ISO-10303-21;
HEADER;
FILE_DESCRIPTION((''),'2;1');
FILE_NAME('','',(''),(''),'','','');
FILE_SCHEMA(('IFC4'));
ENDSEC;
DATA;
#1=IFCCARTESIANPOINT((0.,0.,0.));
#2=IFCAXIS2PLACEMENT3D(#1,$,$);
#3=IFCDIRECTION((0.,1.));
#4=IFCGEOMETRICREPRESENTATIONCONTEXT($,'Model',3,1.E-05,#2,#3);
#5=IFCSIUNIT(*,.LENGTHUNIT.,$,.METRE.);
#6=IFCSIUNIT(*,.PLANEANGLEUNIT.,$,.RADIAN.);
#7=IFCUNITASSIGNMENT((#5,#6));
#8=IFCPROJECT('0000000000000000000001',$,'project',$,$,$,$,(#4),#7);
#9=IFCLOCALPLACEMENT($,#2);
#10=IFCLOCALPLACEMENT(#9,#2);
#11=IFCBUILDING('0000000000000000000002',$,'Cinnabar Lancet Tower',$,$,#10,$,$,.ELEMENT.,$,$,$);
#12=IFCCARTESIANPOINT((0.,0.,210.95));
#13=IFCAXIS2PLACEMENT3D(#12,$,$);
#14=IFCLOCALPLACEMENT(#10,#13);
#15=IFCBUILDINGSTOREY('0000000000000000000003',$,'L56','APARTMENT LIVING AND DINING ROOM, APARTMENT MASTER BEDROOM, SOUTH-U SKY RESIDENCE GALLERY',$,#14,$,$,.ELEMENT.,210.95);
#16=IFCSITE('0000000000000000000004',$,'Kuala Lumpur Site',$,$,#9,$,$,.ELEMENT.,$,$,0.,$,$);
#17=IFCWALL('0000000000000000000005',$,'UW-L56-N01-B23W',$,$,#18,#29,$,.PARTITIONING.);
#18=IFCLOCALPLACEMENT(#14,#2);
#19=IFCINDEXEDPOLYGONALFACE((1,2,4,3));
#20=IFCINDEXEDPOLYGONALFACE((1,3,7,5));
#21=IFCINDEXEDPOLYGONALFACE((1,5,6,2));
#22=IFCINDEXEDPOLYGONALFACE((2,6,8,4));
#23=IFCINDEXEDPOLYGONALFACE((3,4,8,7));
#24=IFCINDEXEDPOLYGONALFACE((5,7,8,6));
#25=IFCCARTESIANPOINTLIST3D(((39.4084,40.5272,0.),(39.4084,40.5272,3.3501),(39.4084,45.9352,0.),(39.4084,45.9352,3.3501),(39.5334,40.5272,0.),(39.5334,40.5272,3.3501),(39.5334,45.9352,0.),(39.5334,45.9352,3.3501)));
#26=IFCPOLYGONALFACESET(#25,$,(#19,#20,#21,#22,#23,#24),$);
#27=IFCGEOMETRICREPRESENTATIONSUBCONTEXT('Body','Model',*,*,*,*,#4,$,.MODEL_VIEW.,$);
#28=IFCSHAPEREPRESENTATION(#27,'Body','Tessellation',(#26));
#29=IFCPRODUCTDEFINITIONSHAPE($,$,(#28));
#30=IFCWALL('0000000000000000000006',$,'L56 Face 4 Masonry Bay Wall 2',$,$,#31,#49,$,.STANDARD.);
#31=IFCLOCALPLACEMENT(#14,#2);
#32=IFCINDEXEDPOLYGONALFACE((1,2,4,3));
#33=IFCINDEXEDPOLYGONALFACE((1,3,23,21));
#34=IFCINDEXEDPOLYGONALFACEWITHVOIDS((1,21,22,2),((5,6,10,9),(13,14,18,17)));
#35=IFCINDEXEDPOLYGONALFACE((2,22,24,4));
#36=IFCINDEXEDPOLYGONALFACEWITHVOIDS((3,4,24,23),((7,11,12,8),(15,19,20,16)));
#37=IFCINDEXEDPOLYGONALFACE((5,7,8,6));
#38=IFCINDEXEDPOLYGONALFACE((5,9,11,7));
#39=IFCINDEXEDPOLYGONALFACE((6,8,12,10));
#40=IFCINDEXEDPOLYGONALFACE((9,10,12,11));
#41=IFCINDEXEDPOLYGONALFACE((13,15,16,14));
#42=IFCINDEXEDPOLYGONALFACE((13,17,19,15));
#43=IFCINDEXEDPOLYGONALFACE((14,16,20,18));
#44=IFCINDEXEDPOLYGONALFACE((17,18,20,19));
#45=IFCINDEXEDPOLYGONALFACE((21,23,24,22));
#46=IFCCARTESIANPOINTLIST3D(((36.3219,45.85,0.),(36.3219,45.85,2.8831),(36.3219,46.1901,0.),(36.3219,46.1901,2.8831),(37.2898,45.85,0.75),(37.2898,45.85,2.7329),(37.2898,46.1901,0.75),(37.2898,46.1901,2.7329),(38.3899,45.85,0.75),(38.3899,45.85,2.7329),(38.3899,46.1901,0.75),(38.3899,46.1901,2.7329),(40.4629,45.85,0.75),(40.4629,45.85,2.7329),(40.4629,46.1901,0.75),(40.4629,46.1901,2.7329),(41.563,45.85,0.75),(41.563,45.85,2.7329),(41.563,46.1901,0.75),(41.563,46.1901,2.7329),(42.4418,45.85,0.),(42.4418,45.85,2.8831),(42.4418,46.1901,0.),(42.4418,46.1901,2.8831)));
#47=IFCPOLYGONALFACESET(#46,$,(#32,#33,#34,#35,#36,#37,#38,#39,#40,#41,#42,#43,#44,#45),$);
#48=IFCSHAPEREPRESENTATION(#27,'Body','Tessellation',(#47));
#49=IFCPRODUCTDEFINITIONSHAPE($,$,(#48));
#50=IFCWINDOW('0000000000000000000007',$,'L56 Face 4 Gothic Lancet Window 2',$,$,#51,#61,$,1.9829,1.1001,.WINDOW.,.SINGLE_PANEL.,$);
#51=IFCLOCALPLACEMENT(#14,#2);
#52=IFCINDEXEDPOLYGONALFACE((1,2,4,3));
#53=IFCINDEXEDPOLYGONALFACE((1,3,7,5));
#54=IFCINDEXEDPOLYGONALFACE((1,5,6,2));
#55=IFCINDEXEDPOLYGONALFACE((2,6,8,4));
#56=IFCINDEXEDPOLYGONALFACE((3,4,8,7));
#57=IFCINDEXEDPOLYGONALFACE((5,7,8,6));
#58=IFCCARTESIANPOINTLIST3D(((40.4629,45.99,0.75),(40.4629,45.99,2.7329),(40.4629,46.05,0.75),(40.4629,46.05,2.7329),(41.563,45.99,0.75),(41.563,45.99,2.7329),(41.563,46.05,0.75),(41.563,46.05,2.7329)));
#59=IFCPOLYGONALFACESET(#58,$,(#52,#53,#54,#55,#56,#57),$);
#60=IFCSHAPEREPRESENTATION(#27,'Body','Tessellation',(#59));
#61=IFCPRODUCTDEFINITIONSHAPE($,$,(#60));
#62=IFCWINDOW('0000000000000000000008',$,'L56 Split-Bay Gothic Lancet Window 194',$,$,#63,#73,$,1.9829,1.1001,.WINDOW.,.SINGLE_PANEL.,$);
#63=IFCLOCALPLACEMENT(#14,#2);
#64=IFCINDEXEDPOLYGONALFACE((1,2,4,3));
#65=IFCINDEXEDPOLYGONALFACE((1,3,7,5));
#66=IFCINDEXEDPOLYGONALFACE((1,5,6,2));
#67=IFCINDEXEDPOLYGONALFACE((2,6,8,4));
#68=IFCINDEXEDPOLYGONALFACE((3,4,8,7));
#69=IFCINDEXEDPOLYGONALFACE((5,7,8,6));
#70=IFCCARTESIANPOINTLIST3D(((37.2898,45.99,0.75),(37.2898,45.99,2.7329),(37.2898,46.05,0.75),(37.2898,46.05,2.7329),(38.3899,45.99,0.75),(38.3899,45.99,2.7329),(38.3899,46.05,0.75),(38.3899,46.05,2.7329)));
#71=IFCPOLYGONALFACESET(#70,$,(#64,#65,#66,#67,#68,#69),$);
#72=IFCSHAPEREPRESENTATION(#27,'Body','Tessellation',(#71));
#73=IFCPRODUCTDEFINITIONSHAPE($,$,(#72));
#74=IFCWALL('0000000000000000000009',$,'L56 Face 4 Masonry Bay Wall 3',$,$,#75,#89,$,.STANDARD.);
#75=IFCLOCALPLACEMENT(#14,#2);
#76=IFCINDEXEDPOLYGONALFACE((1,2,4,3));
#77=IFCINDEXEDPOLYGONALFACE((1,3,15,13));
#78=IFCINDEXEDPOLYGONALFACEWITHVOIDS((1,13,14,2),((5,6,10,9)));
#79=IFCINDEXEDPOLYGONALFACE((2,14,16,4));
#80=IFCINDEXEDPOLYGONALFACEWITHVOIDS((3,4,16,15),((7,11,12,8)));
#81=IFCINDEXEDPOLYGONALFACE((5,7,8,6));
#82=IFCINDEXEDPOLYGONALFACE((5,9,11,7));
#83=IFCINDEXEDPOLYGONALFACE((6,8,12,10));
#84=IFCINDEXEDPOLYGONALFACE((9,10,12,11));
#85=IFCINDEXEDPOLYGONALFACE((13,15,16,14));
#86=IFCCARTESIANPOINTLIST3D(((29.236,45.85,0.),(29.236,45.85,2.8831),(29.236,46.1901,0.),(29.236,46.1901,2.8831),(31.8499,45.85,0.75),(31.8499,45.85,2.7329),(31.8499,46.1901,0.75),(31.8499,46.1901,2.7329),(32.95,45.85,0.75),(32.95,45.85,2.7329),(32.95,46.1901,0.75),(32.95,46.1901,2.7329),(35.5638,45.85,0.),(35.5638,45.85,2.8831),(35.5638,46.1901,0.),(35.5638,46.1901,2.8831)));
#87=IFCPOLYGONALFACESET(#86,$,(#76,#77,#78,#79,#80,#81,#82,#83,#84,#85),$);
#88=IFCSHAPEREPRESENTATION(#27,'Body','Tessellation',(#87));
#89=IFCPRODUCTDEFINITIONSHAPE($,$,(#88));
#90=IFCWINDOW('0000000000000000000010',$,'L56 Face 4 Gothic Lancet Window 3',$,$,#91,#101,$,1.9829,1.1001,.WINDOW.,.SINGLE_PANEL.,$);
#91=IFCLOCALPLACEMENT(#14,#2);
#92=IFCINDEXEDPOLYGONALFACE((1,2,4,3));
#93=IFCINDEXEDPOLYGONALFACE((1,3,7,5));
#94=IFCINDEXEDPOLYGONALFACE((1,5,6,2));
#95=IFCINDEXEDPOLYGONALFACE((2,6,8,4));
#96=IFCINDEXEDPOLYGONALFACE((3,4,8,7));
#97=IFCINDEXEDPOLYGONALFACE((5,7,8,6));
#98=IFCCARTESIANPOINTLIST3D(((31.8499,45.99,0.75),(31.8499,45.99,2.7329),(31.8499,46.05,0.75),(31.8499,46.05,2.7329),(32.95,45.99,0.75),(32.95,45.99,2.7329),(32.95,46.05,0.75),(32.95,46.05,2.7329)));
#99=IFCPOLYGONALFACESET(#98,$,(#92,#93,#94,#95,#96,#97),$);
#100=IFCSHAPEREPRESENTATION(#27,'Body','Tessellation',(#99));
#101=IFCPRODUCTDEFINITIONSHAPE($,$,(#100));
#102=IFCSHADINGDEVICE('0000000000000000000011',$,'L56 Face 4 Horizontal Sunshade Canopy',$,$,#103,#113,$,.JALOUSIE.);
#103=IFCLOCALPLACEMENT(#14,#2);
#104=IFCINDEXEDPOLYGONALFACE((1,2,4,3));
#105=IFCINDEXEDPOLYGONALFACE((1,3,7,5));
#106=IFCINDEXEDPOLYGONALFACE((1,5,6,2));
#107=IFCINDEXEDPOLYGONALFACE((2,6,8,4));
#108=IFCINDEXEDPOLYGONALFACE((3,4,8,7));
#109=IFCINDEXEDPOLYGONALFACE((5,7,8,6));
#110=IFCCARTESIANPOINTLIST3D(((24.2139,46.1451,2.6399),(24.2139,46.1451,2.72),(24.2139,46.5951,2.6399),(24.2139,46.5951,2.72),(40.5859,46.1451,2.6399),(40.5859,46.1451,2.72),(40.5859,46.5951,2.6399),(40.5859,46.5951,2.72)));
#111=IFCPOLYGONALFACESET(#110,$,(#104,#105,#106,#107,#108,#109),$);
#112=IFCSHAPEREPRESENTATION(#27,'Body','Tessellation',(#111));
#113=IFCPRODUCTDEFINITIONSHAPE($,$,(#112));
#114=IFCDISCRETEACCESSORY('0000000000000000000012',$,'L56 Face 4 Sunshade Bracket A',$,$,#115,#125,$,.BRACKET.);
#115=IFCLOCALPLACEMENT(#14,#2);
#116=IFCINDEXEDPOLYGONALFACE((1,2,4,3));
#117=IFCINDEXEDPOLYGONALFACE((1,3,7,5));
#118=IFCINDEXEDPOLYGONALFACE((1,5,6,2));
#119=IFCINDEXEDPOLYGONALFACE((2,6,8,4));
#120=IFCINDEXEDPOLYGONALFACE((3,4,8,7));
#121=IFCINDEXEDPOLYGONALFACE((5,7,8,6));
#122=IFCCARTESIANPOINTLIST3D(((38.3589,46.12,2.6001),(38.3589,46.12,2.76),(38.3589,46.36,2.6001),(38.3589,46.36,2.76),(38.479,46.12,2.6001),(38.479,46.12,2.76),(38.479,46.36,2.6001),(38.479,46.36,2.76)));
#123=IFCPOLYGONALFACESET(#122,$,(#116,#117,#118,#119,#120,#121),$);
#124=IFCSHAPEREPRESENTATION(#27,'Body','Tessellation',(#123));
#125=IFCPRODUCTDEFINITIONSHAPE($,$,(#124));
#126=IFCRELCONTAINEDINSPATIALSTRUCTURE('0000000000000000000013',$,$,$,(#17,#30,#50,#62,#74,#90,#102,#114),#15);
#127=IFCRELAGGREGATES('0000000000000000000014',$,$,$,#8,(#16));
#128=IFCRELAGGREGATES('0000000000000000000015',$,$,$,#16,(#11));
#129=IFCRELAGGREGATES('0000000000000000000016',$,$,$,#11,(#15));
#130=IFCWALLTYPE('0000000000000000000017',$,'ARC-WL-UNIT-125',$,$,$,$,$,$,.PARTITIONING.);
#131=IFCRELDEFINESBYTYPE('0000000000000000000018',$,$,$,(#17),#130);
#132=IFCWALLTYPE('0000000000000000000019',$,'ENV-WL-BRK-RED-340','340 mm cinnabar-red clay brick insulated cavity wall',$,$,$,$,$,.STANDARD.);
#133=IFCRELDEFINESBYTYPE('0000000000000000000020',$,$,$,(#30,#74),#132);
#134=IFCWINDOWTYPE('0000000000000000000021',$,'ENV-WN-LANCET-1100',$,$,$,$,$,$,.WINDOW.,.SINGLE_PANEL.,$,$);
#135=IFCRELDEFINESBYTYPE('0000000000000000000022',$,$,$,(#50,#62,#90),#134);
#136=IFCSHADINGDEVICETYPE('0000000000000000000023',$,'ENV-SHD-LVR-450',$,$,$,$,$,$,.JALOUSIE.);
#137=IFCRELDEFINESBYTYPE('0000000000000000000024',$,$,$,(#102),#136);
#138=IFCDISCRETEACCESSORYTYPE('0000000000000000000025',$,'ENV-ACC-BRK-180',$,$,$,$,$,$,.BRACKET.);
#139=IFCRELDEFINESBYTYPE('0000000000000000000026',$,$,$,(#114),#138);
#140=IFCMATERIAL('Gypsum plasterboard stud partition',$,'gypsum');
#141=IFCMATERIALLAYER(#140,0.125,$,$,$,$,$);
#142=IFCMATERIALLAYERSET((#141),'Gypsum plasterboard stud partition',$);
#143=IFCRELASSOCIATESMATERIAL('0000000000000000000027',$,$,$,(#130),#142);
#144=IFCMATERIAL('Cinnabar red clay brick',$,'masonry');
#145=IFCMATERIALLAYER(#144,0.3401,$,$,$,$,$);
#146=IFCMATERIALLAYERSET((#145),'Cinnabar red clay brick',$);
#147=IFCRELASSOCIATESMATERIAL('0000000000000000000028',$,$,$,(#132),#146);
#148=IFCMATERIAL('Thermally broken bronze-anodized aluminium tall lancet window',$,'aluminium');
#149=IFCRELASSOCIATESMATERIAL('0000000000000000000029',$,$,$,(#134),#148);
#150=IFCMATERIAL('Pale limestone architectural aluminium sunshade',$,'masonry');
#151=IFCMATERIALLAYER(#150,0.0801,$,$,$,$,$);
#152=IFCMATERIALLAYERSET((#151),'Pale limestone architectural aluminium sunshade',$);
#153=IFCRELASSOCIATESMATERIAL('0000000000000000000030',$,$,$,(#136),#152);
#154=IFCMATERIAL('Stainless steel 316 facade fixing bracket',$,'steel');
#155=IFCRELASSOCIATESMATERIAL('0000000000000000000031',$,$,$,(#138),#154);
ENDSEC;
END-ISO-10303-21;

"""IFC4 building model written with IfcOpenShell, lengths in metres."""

from ifc_helpers import new_model, si_unit, direction, frame, frame_2d, origin, origin_2d, place, context, subcontext, project, spatial, rectangle, extrude, material, layer, layer_set, type_object, element, fill, save


model = new_model("IFC4")

# Units and contexts
model_context = context("Model", 3, precision=1e-05, world=origin(), true_north=direction((0.0, 1.0)))
body_context = subcontext(model_context, "Body", "Model", "MODEL_VIEW")
ifc_project = project(units=[si_unit("LENGTHUNIT", "METRE"), si_unit("PLANEANGLEUNIT", "RADIAN")], contexts=[model_context])

# Site, building, storey
site_placement = place(None, origin())
site = spatial("IfcSite", under=ifc_project, at=site_placement, Name="Kuala Lumpur Site", CompositionType="ELEMENT", RefElevation=0.0)
building_placement = place(site_placement, origin())
building = spatial("IfcBuilding", under=site, at=building_placement, Name="Cinnabar Lancet Tower", CompositionType="ELEMENT")
storey_placement = place(building_placement, frame((0.0, 0.0, 210.95)))
storey = spatial("IfcBuildingStorey", under=building, at=storey_placement, Name="L56", Description="APARTMENT LIVING AND DINING ROOM, APARTMENT MASTER BEDROOM, SOUTH-U SKY RESIDENCE GALLERY", CompositionType="ELEMENT", Elevation=210.95)

# Shared definitions
ifc_material_1 = material(Name="Gypsum plasterboard stud partition", Category="gypsum")
ifc_layer_1 = layer(ifc_material_1, 0.125)
ifc_layer_set_1 = layer_set([ifc_layer_1], Name="Gypsum plasterboard stud partition")
wall_type_1 = type_object("IfcWallType", Name="ARC-WL-UNIT-125", PredefinedType="PARTITIONING", material=ifc_layer_set_1)

# Wall
for number, where, z_axis, x_axis, name in (
    (1, (39.4709, 40.5271, 0.0), (0.0, 0.0, 1.0), (0.0, 1.0, 0.0), "UW-L56-N01-B23W"),
):
    element("IfcWall", number, at=place(storey_placement, frame(where, z_axis=z_axis, x_axis=x_axis)), inside=storey, type_object=wall_type_1, Name=name, PredefinedType="PARTITIONING", context=body_context, shape_type="SweptSolid", body=[
        extrude(rectangle(XDim=5.408, YDim=0.125, at=frame_2d((2.7041, 0.0))), origin(), (0.0, 0.0, 1.0), 3.3501),
    ])

# Wall, openings, windows
ifc_material_2 = material(Name="Cinnabar red clay brick", Category="masonry")
ifc_layer_2 = layer(ifc_material_2, 0.3401)
ifc_layer_set_2 = layer_set([ifc_layer_2], Name="Cinnabar red clay brick")
wall_type_2 = type_object("IfcWallType", Name="ENV-WL-BRK-RED-340", Description="340 mm cinnabar-red clay brick insulated cavity wall", PredefinedType="STANDARD", material=ifc_layer_set_2)
wall_1_placement = place(storey_placement, frame((42.4419, 46.02, 0.0), z_axis=(0.0, 0.0, 1.0), x_axis=(-1.0, 0.0, 0.0)))
wall_1 = element("IfcWall", 2, at=wall_1_placement, inside=storey, type_object=wall_type_2, Name="L56 Face 4 Masonry Bay Wall 2", PredefinedType="STANDARD", context=body_context, shape_type="SweptSolid", body=[
    extrude(rectangle(XDim=6.1199, YDim=0.3401, at=frame_2d((3.0601, 0.0))), origin(), (0.0, 0.0, 1.0), 2.8831),
])
opening_1_placement = place(wall_1_placement, frame((0.8789, 0.0, 0.75)))
opening_1 = element("IfcOpeningElement", 3, at=opening_1_placement, cuts=wall_1, PredefinedType="OPENING", context=body_context, shape_type="SweptSolid", body=[
    extrude(rectangle(XDim=1.1001, YDim=1.9829, at=frame_2d((0.55, 0.9915))), frame((0.0, 0.1799, 0.0), z_axis=(0.0, -1.0, 0.0), x_axis=(1.0, 0.0, 0.0)), (0.0, 0.0, 1.0), 0.3601),
])
opening_2_placement = place(wall_1_placement, frame((4.052, 0.0, 0.75)))
opening_2 = element("IfcOpeningElement", 4, at=opening_2_placement, cuts=wall_1, PredefinedType="OPENING", context=body_context, shape_type="SweptSolid", body=[
    extrude(rectangle(XDim=1.1001, YDim=1.9829, at=frame_2d((0.55, 0.9915))), frame((0.0, 0.1799, 0.0), z_axis=(0.0, -1.0, 0.0), x_axis=(1.0, 0.0, 0.0)), (0.0, 0.0, 1.0), 0.3601),
])
ifc_material_3 = material(Name="Thermally broken bronze-anodized aluminium tall lancet window", Category="aluminium")
window_type = type_object("IfcWindowType", Name="ENV-WN-LANCET-1100", PartitioningType="SINGLE_PANEL", PredefinedType="WINDOW", material=ifc_material_3)
window_1_placement = place(opening_1_placement, origin())
window_1 = element("IfcWindow", 5, at=window_1_placement, inside=storey, type_object=window_type, Name="L56 Face 4 Gothic Lancet Window 2", OverallHeight=1.9829, OverallWidth=1.1001, PartitioningType="SINGLE_PANEL", PredefinedType="WINDOW", context=body_context, shape_type="SweptSolid", body=[
    extrude(rectangle(XDim=1.1001, YDim=1.9829, at=frame_2d((0.55, 0.9915))), frame((0.0, 0.03, 0.0), z_axis=(0.0, -1.0, 0.0), x_axis=(1.0, 0.0, 0.0)), (0.0, 0.0, 1.0), 0.0601),
])
fill(opening_1, window_1)
window_2_placement = place(opening_2_placement, origin())
window_2 = element("IfcWindow", 6, at=window_2_placement, inside=storey, type_object=window_type, Name="L56 Split-Bay Gothic Lancet Window 194", OverallHeight=1.9829, OverallWidth=1.1001, PartitioningType="SINGLE_PANEL", PredefinedType="WINDOW", context=body_context, shape_type="SweptSolid", body=[
    extrude(rectangle(XDim=1.1001, YDim=1.9829, at=frame_2d((0.55, 0.9915))), frame((0.0, 0.03, 0.0), z_axis=(0.0, -1.0, 0.0), x_axis=(1.0, 0.0, 0.0)), (0.0, 0.0, 1.0), 0.0601),
])
fill(opening_2, window_2)

# Wall, opening, window
wall_2_placement = place(storey_placement, frame((35.564, 46.02, 0.0), z_axis=(0.0, 0.0, 1.0), x_axis=(-1.0, 0.0, 0.0)))
wall_2 = element("IfcWall", 7, at=wall_2_placement, inside=storey, type_object=wall_type_2, Name="L56 Face 4 Masonry Bay Wall 3", PredefinedType="STANDARD", context=body_context, shape_type="SweptSolid", body=[
    extrude(rectangle(XDim=6.3279, YDim=0.3401, at=frame_2d((3.1641, 0.0))), origin(), (0.0, 0.0, 1.0), 2.8831),
])
opening_3_placement = place(wall_2_placement, frame((2.614, 0.0, 0.75)))
opening_3 = element("IfcOpeningElement", 8, at=opening_3_placement, cuts=wall_2, PredefinedType="OPENING", context=body_context, shape_type="SweptSolid", body=[
    extrude(rectangle(XDim=1.1001, YDim=1.9829, at=frame_2d((0.55, 0.9915))), frame((0.0, 0.1799, 0.0), z_axis=(0.0, -1.0, 0.0), x_axis=(1.0, 0.0, 0.0)), (0.0, 0.0, 1.0), 0.3601),
])
window_3_placement = place(opening_3_placement, origin())
window_3 = element("IfcWindow", 9, at=window_3_placement, inside=storey, type_object=window_type, Name="L56 Face 4 Gothic Lancet Window 3", OverallHeight=1.9829, OverallWidth=1.1001, PartitioningType="SINGLE_PANEL", PredefinedType="WINDOW", context=body_context, shape_type="SweptSolid", body=[
    extrude(rectangle(XDim=1.1001, YDim=1.9829, at=frame_2d((0.55, 0.9915))), frame((0.0, 0.03, 0.0), z_axis=(0.0, -1.0, 0.0), x_axis=(1.0, 0.0, 0.0)), (0.0, 0.0, 1.0), 0.0601),
])
fill(opening_3, window_3)

# Shading device
ifc_material_4 = material(Name="Pale limestone architectural aluminium sunshade", Category="masonry")
ifc_layer_3 = layer(ifc_material_4, 0.0801)
ifc_layer_set_3 = layer_set([ifc_layer_3], Name="Pale limestone architectural aluminium sunshade")
shading_device_type = type_object("IfcShadingDeviceType", Name="ENV-SHD-LVR-450", PredefinedType="JALOUSIE", material=ifc_layer_set_3)
shading_device_placement = place(storey_placement, frame((32.3999, 46.3701, 2.6399), z_axis=(0.0, 0.0, 1.0), x_axis=(-1.0, 0.0, 0.0)))
element("IfcShadingDevice", 10, at=shading_device_placement, inside=storey, type_object=shading_device_type, Name="L56 Face 4 Horizontal Sunshade Canopy", PredefinedType="JALOUSIE", context=body_context, shape_type="SweptSolid", body=[
    extrude(rectangle(XDim=16.3721, YDim=0.45, at=origin_2d()), origin(), (0.0, 0.0, 1.0), 0.0801),
])

# Discrete accessory
ifc_material_5 = material(Name="Stainless steel 316 facade fixing bracket", Category="steel")
discrete_accessory_type = type_object("IfcDiscreteAccessoryType", Name="ENV-ACC-BRK-180", PredefinedType="BRACKET", material=ifc_material_5)
discrete_accessory_placement = place(storey_placement, frame((38.4189, 46.24, 2.6001), z_axis=(0.0, 0.0, 1.0), x_axis=(-1.0, 0.0, 0.0)))
element("IfcDiscreteAccessory", 11, at=discrete_accessory_placement, inside=storey, type_object=discrete_accessory_type, Name="L56 Face 4 Sunshade Bracket A", PredefinedType="BRACKET", context=body_context, shape_type="SweptSolid", body=[
    extrude(rectangle(XDim=0.1201, YDim=0.24, at=origin_2d()), origin(), (0.0, 0.0, 1.0), 0.1599),
])

save(model, "model.ifc")
